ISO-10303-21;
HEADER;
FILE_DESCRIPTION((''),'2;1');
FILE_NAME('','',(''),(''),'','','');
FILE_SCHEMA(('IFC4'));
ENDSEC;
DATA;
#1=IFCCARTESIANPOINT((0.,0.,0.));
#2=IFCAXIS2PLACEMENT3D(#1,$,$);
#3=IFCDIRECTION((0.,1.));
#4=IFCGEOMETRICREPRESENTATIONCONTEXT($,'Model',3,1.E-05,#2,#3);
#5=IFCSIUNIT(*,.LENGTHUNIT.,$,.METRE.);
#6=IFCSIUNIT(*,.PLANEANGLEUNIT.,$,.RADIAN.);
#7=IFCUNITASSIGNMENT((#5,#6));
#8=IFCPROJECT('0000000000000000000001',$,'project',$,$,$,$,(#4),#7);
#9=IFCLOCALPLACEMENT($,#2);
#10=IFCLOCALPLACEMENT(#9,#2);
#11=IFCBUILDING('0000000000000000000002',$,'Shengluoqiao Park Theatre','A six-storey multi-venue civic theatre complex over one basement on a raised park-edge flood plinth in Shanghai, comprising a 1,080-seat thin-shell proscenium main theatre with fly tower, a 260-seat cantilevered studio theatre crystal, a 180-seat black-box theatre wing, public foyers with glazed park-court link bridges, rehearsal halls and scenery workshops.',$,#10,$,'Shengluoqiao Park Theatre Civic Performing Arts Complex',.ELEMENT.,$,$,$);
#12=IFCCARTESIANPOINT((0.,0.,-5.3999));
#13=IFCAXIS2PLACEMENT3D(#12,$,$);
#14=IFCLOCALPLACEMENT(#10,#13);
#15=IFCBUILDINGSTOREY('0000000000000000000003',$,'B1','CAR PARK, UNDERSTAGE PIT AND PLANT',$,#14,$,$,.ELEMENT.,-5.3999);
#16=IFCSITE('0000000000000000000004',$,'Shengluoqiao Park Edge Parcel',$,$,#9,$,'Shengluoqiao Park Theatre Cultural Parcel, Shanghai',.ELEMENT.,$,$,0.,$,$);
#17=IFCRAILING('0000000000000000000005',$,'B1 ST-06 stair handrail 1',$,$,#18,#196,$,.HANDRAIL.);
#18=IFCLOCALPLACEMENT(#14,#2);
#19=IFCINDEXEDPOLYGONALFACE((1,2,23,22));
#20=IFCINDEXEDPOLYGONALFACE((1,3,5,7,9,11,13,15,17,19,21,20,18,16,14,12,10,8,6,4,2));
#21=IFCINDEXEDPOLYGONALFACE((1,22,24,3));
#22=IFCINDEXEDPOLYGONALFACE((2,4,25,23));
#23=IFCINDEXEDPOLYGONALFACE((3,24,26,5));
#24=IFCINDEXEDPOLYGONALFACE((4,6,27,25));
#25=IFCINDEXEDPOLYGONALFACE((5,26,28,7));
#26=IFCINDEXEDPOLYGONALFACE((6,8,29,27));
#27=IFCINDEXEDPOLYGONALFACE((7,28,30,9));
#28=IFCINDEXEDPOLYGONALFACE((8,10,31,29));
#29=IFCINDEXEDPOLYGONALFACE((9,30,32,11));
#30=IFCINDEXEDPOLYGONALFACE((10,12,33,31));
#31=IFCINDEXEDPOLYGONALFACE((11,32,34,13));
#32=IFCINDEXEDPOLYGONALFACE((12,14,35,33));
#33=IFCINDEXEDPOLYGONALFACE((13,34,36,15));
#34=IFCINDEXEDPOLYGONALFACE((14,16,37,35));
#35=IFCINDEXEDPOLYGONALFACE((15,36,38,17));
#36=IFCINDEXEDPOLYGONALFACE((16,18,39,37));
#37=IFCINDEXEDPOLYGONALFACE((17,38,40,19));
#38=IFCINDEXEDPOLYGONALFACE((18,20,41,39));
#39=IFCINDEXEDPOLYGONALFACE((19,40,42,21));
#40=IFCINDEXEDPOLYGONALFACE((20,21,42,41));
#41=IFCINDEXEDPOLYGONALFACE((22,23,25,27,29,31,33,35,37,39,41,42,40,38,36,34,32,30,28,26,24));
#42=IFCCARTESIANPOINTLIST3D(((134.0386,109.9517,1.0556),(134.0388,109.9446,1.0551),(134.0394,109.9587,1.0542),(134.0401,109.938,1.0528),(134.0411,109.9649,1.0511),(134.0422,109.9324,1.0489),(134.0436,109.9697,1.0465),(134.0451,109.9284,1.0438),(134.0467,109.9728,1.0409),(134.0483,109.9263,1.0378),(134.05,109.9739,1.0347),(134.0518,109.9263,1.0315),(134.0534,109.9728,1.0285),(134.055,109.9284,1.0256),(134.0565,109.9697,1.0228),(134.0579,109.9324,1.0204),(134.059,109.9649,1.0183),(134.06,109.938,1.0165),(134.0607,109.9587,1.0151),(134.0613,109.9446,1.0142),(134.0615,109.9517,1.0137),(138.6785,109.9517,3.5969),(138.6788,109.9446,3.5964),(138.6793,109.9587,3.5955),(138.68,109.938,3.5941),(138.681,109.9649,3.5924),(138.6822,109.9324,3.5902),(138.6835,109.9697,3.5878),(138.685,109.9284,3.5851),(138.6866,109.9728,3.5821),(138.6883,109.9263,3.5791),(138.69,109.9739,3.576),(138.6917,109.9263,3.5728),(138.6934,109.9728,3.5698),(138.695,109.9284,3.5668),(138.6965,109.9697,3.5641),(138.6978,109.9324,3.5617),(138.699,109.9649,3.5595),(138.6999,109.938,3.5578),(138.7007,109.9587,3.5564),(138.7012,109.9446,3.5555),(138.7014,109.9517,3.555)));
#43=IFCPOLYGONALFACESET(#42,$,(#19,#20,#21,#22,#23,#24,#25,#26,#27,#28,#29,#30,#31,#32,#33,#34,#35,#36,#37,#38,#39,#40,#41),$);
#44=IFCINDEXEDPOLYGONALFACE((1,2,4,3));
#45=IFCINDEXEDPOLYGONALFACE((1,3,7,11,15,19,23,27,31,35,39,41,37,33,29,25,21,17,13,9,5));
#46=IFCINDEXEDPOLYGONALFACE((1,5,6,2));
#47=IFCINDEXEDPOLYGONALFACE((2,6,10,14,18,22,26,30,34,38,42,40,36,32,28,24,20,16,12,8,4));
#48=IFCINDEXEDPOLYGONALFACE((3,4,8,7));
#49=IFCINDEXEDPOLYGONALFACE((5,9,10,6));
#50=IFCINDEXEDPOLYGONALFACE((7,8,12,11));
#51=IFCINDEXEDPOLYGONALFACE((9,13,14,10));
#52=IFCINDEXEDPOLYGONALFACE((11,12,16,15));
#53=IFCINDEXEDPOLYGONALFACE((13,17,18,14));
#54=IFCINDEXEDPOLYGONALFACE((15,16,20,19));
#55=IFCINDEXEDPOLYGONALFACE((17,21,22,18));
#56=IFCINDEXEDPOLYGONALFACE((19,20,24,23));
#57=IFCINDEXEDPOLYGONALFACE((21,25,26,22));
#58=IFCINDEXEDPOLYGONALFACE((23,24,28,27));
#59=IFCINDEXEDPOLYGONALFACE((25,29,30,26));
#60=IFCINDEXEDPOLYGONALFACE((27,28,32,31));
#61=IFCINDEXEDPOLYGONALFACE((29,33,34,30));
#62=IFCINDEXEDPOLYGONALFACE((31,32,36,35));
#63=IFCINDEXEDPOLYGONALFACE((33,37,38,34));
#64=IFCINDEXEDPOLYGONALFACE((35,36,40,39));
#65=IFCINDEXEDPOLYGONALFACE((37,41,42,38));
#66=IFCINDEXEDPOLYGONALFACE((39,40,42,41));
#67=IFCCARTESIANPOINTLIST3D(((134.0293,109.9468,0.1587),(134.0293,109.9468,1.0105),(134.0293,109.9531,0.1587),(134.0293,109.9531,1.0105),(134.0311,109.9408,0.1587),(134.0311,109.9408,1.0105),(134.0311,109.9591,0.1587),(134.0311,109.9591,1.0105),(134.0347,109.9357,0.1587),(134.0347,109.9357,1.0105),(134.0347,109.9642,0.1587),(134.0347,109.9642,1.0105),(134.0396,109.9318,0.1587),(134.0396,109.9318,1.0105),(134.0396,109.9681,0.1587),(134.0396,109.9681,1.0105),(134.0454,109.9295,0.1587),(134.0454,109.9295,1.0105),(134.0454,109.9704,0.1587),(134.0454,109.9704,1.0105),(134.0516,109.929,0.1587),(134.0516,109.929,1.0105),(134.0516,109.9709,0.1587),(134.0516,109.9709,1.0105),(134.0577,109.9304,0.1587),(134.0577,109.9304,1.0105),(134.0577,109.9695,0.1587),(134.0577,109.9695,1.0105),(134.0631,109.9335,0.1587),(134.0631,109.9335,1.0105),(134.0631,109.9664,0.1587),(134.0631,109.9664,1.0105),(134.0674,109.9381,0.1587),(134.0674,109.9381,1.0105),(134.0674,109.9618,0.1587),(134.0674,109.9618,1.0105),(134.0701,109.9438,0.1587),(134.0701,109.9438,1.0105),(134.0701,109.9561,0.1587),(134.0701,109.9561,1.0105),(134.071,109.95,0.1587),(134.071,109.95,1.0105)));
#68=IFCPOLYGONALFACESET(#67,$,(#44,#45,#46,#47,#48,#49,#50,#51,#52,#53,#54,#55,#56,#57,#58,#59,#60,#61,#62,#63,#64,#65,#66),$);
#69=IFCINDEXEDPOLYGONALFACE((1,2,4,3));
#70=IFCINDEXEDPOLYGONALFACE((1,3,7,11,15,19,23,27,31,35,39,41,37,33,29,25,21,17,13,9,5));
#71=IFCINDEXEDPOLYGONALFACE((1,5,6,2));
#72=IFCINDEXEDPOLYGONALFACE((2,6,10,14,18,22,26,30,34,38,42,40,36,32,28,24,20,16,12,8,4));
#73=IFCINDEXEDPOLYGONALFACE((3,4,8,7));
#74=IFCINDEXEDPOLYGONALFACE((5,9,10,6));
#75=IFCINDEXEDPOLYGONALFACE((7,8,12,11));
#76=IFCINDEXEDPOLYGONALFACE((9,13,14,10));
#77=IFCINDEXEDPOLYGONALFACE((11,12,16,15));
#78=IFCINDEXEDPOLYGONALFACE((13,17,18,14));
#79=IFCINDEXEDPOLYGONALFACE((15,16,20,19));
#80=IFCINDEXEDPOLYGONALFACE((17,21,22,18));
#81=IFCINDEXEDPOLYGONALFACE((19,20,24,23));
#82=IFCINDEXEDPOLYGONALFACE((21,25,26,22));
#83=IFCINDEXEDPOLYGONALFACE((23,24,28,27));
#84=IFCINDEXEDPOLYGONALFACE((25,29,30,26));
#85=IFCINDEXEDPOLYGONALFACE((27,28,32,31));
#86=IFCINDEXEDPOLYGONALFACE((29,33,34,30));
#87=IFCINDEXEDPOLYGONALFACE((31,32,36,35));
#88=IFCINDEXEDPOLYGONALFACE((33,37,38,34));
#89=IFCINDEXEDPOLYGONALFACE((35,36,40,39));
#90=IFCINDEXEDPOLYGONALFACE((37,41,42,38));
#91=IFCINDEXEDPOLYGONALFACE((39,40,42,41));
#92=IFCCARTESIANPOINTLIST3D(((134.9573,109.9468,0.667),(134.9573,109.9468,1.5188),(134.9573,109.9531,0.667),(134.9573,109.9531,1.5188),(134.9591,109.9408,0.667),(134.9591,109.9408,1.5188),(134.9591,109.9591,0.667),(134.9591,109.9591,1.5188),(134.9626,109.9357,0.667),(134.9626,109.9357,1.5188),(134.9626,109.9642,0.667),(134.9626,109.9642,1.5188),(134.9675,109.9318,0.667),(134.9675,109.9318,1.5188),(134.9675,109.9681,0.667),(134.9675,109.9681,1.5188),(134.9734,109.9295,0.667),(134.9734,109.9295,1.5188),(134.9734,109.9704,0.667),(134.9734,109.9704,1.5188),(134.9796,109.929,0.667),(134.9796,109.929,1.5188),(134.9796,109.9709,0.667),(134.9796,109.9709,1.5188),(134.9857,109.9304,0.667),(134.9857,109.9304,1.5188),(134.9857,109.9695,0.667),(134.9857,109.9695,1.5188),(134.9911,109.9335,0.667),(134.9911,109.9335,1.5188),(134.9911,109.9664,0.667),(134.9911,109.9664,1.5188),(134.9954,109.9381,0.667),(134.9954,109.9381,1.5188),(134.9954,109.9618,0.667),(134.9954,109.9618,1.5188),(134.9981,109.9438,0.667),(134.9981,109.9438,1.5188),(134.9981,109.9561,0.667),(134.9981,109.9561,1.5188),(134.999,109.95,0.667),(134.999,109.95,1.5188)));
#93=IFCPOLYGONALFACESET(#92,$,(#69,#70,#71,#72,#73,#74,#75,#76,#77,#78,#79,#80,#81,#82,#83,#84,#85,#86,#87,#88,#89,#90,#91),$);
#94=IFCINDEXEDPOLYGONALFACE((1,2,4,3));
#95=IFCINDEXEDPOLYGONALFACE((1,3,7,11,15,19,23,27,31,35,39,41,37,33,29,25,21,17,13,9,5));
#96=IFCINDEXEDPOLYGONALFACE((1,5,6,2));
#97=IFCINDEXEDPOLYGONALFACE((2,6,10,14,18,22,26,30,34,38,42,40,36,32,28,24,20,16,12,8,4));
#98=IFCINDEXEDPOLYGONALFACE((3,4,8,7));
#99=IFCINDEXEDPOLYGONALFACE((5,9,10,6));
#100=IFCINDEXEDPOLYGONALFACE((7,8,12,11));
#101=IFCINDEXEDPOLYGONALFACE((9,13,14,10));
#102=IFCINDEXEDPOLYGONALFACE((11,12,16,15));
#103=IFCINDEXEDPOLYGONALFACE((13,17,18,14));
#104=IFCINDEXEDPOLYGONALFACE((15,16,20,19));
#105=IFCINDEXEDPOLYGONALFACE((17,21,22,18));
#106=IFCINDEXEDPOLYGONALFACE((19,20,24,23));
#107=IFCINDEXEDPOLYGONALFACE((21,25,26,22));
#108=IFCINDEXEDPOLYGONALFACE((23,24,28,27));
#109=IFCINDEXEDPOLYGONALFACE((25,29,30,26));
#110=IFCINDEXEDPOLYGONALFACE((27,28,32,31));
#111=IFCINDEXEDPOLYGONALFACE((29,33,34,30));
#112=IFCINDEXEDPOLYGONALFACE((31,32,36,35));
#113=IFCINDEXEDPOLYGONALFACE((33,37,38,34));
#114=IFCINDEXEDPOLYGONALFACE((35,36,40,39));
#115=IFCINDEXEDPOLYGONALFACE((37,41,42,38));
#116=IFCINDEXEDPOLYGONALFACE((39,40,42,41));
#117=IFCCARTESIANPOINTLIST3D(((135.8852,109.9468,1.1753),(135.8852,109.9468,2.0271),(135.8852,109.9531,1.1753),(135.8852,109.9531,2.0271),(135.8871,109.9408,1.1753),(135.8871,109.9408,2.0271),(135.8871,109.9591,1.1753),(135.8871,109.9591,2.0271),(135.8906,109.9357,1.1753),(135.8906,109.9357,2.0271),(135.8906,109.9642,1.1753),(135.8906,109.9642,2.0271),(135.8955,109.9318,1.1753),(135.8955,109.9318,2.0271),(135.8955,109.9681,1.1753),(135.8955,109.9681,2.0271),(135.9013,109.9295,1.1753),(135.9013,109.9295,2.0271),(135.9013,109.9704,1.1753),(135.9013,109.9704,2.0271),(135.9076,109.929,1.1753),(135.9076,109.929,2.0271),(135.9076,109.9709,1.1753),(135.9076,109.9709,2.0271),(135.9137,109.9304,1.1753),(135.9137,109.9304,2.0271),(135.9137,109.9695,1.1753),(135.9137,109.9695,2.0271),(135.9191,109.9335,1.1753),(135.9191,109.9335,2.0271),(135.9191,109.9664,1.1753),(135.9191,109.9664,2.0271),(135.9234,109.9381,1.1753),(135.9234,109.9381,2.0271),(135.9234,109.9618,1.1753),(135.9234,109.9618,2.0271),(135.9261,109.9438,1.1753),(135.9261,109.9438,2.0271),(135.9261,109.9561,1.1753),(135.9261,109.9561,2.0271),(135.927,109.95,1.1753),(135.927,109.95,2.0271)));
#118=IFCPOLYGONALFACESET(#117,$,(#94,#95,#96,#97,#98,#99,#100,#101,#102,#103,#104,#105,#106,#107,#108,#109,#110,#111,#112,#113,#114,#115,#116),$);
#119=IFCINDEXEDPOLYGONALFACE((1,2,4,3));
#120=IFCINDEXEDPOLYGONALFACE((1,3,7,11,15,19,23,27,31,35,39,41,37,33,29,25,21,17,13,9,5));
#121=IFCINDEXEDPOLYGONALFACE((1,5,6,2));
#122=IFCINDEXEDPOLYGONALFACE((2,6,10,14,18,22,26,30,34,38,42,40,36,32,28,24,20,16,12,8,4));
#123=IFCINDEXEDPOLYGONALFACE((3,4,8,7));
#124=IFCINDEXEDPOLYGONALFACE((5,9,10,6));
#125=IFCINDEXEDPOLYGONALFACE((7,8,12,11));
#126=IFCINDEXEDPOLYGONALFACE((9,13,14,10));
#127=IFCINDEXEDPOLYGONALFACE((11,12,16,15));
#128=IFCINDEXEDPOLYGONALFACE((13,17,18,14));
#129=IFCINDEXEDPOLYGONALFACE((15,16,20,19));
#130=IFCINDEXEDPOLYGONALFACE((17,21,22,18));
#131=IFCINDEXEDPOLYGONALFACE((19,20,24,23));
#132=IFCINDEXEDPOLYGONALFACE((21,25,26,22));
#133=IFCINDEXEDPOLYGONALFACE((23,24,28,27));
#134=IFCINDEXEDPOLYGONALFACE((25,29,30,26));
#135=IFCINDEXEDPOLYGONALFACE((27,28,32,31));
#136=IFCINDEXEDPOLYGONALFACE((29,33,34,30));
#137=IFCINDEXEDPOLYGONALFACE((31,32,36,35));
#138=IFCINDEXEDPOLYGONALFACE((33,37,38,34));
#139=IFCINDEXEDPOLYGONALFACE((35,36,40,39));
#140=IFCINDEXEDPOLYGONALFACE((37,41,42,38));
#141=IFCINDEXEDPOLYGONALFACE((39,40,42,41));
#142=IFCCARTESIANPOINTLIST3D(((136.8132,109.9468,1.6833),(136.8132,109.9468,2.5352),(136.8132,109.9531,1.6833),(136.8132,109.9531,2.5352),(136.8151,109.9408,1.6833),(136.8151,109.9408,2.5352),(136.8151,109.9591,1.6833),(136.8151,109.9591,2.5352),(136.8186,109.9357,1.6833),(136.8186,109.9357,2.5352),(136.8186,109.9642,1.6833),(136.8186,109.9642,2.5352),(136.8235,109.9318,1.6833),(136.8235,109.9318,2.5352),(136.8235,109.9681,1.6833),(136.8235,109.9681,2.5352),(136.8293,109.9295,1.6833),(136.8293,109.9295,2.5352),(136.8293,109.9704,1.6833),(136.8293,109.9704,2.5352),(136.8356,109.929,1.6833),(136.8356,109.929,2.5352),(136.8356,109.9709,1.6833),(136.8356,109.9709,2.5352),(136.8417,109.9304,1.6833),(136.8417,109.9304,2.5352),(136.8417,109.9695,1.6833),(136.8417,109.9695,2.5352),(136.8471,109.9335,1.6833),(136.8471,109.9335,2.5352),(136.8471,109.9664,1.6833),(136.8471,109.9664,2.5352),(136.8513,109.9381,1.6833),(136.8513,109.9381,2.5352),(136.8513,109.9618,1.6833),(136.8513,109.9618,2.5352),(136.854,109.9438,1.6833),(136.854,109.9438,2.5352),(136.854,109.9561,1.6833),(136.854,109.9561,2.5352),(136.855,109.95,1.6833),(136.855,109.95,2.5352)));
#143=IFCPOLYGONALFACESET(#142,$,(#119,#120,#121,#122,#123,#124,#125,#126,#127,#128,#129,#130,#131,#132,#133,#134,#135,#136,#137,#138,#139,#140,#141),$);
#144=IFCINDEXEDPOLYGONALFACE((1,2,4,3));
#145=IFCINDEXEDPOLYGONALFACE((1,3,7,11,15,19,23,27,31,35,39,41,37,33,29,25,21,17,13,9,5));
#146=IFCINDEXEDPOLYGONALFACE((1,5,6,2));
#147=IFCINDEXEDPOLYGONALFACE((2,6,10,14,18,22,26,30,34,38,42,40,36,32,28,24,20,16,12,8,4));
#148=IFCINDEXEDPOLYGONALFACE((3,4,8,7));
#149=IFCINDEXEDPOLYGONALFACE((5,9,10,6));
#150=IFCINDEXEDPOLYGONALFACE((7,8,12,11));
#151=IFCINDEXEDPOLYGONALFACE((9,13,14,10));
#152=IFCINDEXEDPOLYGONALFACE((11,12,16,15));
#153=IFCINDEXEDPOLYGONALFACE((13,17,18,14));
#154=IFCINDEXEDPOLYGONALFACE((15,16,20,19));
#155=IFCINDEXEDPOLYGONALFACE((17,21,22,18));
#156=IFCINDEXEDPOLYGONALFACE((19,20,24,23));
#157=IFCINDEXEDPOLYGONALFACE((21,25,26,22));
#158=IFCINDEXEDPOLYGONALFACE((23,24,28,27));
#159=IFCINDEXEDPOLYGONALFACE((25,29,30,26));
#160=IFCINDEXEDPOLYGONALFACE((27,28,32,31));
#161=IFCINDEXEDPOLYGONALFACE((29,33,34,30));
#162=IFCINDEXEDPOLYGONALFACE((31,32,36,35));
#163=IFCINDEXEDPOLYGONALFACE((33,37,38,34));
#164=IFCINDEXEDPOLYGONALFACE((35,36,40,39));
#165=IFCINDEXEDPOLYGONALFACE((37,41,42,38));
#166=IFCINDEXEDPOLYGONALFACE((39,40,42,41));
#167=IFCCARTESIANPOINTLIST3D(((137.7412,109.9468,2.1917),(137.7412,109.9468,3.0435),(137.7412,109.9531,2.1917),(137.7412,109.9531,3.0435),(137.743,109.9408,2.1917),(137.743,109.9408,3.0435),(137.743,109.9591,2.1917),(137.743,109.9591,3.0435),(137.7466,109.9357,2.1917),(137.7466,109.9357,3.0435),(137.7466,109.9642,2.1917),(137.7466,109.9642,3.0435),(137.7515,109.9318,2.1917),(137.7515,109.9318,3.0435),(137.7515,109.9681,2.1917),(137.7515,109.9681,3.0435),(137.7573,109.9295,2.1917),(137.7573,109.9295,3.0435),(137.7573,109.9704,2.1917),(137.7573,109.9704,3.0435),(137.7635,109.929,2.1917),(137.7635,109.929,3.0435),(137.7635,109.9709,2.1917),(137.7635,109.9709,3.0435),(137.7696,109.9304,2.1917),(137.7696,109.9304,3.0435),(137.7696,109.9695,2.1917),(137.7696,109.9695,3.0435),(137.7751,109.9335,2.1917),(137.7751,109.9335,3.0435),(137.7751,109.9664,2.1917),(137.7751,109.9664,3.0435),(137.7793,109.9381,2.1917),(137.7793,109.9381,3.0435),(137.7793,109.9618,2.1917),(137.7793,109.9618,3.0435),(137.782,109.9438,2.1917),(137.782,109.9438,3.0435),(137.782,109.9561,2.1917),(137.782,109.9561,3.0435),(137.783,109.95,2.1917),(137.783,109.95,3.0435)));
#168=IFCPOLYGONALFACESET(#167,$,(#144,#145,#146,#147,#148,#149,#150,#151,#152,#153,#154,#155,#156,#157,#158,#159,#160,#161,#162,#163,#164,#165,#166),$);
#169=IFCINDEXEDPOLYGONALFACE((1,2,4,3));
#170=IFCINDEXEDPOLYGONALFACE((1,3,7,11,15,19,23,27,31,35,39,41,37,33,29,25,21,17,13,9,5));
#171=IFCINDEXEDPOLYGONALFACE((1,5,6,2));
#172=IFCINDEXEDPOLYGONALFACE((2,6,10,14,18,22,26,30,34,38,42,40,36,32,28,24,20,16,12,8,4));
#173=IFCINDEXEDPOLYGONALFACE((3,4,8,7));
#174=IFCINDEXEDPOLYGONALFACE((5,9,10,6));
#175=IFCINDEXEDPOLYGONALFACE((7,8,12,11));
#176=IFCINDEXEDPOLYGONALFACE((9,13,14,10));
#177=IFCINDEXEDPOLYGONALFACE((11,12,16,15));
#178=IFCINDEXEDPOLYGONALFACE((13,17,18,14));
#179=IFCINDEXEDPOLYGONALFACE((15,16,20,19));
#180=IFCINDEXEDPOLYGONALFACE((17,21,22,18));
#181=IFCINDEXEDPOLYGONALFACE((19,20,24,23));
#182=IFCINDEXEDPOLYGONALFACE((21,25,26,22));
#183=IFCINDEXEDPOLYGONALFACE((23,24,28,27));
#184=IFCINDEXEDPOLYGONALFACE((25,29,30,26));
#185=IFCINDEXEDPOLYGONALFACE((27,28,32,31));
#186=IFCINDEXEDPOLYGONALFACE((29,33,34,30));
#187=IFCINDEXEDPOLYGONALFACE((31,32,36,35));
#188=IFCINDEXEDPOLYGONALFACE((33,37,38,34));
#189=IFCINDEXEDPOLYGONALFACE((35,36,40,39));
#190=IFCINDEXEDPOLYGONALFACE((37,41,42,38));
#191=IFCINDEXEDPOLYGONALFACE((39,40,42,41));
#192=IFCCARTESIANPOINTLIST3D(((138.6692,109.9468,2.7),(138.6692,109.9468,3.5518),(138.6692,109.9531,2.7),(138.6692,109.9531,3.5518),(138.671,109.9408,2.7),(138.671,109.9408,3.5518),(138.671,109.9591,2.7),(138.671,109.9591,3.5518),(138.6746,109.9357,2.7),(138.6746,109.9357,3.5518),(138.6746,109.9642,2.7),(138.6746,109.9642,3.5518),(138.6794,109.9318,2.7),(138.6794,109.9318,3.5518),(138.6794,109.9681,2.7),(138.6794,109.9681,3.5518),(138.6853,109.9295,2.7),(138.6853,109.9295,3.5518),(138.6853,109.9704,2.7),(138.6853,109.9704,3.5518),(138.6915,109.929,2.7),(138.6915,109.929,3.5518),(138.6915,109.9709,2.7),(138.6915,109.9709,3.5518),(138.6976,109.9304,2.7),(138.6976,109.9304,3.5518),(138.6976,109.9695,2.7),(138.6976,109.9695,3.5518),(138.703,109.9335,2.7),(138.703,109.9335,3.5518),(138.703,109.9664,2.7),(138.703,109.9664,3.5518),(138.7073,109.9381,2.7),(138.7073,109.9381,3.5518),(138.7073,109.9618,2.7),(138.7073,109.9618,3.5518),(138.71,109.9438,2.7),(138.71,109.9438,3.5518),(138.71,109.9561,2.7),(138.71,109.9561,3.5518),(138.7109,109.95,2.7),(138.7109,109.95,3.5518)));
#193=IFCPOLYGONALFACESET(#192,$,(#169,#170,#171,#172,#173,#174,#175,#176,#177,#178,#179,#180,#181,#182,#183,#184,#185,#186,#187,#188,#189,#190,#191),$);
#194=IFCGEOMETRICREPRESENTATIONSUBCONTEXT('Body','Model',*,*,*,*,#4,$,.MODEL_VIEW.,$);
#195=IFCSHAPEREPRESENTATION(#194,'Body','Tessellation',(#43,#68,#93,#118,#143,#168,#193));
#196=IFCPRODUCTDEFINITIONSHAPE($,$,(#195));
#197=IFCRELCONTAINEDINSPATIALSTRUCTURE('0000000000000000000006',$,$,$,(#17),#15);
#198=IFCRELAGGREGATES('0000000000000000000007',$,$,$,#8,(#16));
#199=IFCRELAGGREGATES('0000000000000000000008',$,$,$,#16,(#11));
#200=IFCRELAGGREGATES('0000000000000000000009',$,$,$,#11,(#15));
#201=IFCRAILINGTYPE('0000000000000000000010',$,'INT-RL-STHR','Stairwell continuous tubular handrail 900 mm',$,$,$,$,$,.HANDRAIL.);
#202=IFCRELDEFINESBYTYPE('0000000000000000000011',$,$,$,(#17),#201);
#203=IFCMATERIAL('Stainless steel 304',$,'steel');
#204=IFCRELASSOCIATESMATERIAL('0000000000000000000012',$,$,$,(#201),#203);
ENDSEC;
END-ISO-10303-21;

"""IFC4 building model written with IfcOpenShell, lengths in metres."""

from ifc_helpers import new_model, si_unit, direction, frame, origin, origin_2d, place, context, subcontext, project, spatial, circle, extrude, material, type_object, element, save


model = new_model("IFC4")

# Units and contexts
model_context = context("Model", 3, precision=1e-05, world=origin(), true_north=direction((0.0, 1.0)))
body_context = subcontext(model_context, "Body", "Model", "MODEL_VIEW")
ifc_project = project(units=[si_unit("LENGTHUNIT", "METRE"), si_unit("PLANEANGLEUNIT", "RADIAN")], contexts=[model_context])

# Site, building, storey
site_placement = place(None, origin())
site = spatial("IfcSite", under=ifc_project, at=site_placement, Name="Shengluoqiao Park Edge Parcel", LongName="Shengluoqiao Park Theatre Cultural Parcel, Shanghai", CompositionType="ELEMENT", RefElevation=0.0)
building_placement = place(site_placement, origin())
building = spatial("IfcBuilding", under=site, at=building_placement, Name="Shengluoqiao Park Theatre", Description="A six-storey multi-venue civic theatre complex over one basement on a raised park-edge flood plinth in Shanghai, comprising a 1,080-seat thin-shell proscenium main theatre with fly tower, a 260-seat cantilevered studio theatre crystal, a 180-seat black-box theatre wing, public foyers with glazed park-court link bridges, rehearsal halls and scenery workshops.", LongName="Shengluoqiao Park Theatre Civic Performing Arts Complex", CompositionType="ELEMENT")
storey_placement = place(building_placement, frame((0.0, 0.0, -5.3999)))
storey = spatial("IfcBuildingStorey", under=building, at=storey_placement, Name="B1", Description="CAR PARK, UNDERSTAGE PIT AND PLANT", CompositionType="ELEMENT", Elevation=-5.3999)

# Railing
ifc_material_1 = material(Name="Stainless steel 304", Category="steel")
railing_type_1 = type_object("IfcRailingType", Name="INT-RL-STHR", Description="Stairwell continuous tubular handrail 900 mm", PredefinedType="HANDRAIL", material=ifc_material_1)
railing_1_placement = place(storey_placement, frame((134.05, 109.95, 0.1587)))
element("IfcRailing", 1, at=railing_1_placement, inside=storey, type_object=railing_type_1, Name="B1 ST-06 stair handrail 1", PredefinedType="HANDRAIL", context=body_context, shape_type="SweptSolid", body=[
    extrude(circle(Radius=0.0239, at=origin_2d()), frame((0.0, 0.0, 0.876), z_axis=(0.877067, 0.0, 0.480368), x_axis=(0.0, 1.0, 0.0)), (0.0, 0.0, 1.0), 5.2903),
    extrude(circle(Radius=0.021, at=origin_2d()), origin(), (0.0, 0.0, 1.0), 0.8518),
    extrude(circle(Radius=0.021, at=origin_2d()), frame((0.928, 0.0, 0.5083)), (0.0, 0.0, 1.0), 0.8518),
    extrude(circle(Radius=0.021, at=origin_2d()), frame((1.856, 0.0, 1.0166)), (0.0, 0.0, 1.0), 0.8518),
    extrude(circle(Radius=0.021, at=origin_2d()), frame((2.7839, 0.0, 1.5247)), (0.0, 0.0, 1.0), 0.8518),
    extrude(circle(Radius=0.021, at=origin_2d()), frame((3.7119, 0.0, 2.033)), (0.0, 0.0, 1.0), 0.8518),
    extrude(circle(Radius=0.021, at=origin_2d()), frame((4.6399, 0.0, 2.5413)), (0.0, 0.0, 1.0), 0.8518),
])

save(model, "model.ifc")
